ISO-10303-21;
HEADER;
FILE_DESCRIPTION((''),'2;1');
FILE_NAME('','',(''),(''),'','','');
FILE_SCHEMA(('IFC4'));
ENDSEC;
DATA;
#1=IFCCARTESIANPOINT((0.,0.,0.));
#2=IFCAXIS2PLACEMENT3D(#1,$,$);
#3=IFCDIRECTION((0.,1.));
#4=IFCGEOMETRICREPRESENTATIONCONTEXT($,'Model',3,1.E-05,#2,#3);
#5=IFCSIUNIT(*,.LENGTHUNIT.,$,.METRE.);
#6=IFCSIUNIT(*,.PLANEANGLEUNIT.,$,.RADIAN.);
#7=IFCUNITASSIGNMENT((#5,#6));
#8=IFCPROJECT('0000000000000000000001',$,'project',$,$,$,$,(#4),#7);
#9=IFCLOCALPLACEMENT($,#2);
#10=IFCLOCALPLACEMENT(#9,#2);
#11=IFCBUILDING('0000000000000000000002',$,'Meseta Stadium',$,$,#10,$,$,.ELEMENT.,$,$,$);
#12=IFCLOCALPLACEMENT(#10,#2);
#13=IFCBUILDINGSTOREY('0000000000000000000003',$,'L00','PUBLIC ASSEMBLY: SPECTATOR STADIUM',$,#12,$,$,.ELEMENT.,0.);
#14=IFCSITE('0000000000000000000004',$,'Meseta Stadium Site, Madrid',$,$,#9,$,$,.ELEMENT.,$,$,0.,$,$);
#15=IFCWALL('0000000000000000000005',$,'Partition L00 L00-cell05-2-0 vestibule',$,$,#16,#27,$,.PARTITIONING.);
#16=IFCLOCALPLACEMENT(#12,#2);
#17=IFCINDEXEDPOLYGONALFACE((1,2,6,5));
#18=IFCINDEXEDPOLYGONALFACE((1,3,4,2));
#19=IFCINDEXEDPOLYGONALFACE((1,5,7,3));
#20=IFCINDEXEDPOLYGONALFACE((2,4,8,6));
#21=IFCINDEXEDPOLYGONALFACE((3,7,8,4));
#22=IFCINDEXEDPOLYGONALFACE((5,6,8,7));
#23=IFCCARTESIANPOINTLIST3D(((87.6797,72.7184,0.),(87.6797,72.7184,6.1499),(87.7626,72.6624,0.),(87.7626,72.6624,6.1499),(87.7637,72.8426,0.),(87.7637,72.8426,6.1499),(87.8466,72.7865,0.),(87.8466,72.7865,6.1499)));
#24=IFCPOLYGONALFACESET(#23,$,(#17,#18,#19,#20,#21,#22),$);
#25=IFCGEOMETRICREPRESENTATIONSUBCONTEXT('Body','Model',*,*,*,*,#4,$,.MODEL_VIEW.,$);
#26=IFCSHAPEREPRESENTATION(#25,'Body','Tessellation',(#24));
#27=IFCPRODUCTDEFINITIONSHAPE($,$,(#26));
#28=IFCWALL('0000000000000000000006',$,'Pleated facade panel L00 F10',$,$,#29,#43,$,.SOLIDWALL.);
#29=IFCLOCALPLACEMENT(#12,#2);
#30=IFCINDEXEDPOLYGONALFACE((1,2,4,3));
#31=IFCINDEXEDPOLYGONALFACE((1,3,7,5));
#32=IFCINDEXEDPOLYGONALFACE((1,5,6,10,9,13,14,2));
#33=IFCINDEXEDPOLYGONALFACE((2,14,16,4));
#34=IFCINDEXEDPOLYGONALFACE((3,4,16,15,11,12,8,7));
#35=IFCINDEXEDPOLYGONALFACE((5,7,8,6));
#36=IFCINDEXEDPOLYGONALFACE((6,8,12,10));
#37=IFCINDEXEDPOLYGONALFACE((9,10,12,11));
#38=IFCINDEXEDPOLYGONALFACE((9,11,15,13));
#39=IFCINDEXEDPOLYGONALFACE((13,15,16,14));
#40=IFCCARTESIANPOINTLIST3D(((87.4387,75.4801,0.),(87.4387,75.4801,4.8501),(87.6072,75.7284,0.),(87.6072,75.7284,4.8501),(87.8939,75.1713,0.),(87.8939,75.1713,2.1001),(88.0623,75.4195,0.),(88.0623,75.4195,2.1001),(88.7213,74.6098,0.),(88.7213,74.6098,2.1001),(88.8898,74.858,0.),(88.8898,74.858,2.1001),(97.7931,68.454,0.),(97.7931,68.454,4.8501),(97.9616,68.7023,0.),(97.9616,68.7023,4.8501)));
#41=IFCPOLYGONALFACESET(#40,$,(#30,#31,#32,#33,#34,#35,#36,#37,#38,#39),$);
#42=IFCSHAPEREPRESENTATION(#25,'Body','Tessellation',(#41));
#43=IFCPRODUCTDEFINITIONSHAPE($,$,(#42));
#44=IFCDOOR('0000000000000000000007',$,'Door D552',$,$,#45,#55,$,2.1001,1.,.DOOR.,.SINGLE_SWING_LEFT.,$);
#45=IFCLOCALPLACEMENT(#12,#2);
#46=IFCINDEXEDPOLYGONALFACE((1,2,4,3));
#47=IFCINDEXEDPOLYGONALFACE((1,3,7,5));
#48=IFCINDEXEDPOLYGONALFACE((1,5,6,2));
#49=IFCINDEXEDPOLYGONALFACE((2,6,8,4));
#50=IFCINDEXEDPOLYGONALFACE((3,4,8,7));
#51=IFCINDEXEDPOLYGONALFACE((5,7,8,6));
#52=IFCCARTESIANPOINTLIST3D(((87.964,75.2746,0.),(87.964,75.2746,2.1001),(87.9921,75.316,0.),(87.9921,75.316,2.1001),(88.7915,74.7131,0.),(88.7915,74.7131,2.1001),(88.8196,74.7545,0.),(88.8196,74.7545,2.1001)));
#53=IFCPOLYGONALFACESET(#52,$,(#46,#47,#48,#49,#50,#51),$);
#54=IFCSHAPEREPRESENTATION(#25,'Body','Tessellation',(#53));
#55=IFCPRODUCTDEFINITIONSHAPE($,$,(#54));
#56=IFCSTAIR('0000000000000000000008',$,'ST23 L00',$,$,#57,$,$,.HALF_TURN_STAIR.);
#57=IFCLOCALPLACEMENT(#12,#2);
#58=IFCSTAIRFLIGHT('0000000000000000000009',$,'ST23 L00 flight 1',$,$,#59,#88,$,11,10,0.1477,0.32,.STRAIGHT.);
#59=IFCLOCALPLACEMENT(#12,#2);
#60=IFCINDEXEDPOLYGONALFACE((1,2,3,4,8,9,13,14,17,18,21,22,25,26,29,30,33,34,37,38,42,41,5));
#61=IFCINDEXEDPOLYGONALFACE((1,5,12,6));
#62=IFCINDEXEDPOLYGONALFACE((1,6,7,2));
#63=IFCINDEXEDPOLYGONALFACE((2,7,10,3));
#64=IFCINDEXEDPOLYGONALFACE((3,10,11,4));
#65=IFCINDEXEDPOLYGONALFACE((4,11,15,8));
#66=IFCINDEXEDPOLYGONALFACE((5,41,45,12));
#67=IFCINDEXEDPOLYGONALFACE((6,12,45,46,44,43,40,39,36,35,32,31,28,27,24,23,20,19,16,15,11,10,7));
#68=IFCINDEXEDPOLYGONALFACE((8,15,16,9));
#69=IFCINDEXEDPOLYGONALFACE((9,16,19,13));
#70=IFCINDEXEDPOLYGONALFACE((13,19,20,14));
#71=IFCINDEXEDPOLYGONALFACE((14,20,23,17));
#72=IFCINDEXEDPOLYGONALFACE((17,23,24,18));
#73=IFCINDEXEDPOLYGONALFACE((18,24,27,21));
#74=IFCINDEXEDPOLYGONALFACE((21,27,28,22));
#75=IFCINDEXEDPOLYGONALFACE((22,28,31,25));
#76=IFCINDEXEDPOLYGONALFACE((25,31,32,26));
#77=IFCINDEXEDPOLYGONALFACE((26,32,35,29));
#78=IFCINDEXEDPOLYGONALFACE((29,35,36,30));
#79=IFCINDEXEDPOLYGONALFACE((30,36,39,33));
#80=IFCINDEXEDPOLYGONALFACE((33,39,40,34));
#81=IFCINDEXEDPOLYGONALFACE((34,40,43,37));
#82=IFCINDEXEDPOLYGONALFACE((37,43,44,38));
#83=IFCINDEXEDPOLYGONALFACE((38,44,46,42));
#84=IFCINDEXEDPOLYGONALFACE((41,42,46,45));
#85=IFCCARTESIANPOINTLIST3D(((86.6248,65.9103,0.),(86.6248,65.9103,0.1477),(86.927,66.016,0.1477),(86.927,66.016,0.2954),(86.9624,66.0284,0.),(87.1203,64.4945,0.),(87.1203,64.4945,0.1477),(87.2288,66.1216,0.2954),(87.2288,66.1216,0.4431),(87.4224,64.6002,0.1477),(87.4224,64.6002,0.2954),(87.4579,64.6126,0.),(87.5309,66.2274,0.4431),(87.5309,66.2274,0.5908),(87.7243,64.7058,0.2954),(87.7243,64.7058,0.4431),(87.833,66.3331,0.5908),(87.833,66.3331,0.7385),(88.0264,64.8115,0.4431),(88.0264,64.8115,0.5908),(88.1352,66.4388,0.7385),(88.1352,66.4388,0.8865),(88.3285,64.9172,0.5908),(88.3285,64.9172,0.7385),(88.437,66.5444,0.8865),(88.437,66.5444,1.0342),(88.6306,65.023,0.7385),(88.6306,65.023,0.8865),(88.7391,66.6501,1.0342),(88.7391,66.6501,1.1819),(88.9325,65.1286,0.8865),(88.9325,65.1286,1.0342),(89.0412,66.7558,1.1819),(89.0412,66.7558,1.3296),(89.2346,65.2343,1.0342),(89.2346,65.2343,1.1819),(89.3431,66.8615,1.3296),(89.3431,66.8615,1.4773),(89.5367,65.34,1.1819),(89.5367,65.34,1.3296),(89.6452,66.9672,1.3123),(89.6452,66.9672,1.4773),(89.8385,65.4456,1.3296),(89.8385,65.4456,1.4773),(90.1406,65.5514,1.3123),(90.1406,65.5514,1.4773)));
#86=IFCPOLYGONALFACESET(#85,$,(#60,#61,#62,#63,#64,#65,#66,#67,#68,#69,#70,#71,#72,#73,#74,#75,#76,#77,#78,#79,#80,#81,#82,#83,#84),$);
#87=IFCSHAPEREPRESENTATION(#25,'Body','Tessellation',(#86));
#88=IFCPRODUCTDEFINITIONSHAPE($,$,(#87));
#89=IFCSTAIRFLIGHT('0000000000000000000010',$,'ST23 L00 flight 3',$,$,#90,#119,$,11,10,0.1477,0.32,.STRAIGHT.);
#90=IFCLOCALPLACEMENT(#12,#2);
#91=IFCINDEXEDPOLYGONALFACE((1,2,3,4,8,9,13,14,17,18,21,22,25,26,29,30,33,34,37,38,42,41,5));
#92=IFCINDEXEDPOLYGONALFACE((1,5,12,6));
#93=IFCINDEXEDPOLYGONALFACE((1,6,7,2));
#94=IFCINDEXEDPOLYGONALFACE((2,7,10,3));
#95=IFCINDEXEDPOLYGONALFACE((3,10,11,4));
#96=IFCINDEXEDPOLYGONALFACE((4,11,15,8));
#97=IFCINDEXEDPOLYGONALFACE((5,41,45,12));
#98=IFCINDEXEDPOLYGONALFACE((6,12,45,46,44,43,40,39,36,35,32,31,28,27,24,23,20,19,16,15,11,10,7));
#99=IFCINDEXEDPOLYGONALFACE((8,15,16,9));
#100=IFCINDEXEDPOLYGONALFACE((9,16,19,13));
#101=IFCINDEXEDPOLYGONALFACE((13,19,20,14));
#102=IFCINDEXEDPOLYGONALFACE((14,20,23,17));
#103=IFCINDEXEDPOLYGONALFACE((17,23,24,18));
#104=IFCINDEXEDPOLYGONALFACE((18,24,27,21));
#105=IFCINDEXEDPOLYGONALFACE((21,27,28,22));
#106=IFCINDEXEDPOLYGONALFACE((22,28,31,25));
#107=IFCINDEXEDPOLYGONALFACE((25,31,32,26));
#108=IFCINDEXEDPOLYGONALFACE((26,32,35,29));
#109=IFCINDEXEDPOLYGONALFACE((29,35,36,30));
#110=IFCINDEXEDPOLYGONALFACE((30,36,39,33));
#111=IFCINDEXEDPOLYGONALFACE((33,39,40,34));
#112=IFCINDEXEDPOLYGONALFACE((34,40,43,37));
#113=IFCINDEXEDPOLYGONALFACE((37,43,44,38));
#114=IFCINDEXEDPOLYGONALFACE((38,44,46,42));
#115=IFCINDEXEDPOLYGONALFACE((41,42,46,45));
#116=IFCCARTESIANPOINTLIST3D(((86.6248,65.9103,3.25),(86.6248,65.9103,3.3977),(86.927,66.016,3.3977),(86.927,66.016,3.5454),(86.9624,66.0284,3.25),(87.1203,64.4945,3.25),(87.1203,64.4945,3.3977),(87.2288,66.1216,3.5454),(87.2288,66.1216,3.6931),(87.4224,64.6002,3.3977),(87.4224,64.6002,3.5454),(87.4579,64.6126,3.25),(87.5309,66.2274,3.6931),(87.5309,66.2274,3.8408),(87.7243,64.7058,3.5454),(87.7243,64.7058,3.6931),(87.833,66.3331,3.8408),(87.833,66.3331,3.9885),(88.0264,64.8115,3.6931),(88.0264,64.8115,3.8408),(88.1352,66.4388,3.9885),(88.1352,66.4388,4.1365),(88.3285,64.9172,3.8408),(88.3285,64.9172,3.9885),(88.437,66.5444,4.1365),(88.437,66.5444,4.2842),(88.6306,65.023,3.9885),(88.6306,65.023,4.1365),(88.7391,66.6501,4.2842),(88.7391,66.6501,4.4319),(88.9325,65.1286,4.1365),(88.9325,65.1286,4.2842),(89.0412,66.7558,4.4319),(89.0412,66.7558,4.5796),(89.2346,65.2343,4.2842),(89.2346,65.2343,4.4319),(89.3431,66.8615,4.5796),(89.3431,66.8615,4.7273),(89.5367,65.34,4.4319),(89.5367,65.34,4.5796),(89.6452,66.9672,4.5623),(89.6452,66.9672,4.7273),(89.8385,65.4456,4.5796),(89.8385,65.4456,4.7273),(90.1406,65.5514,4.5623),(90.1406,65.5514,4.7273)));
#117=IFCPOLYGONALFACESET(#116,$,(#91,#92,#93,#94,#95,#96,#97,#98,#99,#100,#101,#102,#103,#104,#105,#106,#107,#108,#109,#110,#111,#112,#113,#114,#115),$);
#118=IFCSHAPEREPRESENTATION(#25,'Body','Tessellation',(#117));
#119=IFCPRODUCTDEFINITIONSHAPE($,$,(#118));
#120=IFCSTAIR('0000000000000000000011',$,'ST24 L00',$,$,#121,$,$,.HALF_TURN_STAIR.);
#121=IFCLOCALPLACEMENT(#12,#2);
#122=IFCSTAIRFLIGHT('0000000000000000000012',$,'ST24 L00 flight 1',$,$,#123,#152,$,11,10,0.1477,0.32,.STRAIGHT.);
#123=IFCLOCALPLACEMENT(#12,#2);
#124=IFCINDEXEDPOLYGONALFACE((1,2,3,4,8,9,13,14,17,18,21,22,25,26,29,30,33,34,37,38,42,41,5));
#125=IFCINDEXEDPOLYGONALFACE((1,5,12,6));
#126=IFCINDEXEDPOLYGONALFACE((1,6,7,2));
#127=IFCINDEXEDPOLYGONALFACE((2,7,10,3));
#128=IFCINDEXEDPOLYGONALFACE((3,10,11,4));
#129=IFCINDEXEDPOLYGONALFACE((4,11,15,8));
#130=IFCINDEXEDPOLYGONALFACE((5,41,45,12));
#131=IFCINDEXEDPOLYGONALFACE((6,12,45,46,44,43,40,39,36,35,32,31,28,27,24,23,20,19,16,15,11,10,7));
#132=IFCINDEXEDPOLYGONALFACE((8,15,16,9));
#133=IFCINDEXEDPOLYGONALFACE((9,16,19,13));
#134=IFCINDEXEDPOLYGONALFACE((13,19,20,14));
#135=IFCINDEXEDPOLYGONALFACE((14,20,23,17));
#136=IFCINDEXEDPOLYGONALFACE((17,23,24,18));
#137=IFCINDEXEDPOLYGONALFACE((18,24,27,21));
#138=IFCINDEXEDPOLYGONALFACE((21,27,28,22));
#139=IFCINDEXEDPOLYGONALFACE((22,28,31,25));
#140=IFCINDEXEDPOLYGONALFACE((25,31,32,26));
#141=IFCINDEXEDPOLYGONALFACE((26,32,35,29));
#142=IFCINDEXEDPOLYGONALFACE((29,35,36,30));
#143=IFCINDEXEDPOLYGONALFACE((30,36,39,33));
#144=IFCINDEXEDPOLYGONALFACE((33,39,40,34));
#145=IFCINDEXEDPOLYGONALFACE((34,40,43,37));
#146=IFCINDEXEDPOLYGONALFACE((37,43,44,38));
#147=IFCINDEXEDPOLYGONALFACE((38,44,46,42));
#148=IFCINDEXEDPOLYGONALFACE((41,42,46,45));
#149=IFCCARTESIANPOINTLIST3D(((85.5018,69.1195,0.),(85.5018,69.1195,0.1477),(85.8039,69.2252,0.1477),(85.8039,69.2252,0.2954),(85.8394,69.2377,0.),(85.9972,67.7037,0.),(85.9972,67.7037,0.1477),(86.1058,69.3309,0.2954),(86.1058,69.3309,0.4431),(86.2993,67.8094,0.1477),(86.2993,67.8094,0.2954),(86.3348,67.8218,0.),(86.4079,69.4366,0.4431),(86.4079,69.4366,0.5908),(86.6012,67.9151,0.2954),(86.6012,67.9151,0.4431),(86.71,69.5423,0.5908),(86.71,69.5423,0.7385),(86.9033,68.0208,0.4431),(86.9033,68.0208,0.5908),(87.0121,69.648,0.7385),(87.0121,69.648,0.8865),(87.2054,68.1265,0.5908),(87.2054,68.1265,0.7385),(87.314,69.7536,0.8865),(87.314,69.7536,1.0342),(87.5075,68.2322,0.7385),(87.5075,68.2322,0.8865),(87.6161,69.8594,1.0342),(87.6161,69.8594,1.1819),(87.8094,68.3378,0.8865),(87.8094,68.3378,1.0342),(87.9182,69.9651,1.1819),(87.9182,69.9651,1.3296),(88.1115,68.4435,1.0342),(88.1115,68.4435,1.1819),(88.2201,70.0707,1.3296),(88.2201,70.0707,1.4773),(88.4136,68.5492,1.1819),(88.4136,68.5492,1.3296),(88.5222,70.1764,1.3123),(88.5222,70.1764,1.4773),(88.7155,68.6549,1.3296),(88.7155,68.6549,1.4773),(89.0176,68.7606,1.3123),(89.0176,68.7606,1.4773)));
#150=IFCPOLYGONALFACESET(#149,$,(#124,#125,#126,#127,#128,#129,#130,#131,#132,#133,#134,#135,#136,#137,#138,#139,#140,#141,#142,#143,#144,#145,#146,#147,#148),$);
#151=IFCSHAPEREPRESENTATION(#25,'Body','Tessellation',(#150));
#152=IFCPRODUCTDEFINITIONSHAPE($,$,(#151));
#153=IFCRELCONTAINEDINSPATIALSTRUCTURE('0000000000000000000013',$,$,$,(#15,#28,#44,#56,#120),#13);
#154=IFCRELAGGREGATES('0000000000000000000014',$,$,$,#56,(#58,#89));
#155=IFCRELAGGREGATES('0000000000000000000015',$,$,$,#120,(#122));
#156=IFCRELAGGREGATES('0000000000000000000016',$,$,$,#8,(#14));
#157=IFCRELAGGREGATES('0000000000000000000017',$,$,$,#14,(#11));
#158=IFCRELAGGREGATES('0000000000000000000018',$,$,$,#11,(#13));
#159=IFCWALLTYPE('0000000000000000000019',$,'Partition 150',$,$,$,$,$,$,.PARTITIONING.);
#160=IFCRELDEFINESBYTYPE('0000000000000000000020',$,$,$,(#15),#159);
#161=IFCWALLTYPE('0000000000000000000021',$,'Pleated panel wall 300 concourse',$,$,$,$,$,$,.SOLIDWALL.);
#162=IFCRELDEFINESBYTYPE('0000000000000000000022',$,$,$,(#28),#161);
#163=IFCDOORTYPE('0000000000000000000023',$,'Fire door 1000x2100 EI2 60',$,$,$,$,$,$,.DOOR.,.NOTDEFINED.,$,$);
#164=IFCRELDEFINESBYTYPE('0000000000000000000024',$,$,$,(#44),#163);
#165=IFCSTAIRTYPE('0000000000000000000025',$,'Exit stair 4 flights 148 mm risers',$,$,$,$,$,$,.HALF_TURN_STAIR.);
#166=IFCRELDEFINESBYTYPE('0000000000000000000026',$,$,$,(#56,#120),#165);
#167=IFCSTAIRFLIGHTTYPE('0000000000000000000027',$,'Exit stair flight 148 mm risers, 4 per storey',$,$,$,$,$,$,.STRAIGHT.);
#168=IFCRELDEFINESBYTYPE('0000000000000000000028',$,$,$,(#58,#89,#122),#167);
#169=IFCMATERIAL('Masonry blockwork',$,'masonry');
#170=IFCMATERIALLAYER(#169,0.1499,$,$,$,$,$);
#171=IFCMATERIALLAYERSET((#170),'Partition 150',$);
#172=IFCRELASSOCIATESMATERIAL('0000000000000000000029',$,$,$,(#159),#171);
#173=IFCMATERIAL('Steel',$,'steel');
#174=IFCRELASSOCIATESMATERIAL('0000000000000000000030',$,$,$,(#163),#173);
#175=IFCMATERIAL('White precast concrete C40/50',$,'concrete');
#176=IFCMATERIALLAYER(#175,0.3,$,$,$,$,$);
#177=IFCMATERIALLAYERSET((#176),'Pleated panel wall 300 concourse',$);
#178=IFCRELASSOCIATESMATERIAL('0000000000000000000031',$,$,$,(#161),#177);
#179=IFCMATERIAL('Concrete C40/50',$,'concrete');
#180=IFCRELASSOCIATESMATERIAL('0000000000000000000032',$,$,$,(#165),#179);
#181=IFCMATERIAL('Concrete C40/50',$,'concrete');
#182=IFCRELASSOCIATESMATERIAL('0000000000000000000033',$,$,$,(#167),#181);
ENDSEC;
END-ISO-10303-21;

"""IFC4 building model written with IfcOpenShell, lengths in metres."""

from ifc_helpers import new_model, si_unit, direction, frame, frame_2d, origin, place, context, subcontext, project, spatial, polyline, rectangle, outline, extrude, material, layer, layer_set, type_object, element, fill, aggregate, save


model = new_model("IFC4")

# Units and contexts
model_context = context("Model", 3, precision=1e-05, world=origin(), true_north=direction((0.0, 1.0)))
body_context = subcontext(model_context, "Body", "Model", "MODEL_VIEW")
ifc_project = project(units=[si_unit("LENGTHUNIT", "METRE"), si_unit("PLANEANGLEUNIT", "RADIAN")], contexts=[model_context])

# Site, building, storey
site_placement = place(None, origin())
site = spatial("IfcSite", under=ifc_project, at=site_placement, Name="Meseta Stadium Site, Madrid", CompositionType="ELEMENT", RefElevation=0.0)
building_placement = place(site_placement, origin())
building = spatial("IfcBuilding", under=site, at=building_placement, Name="Meseta Stadium", CompositionType="ELEMENT")
storey_placement = place(building_placement, origin())
storey = spatial("IfcBuildingStorey", under=building, at=storey_placement, Name="L00", Description="PUBLIC ASSEMBLY: SPECTATOR STADIUM", CompositionType="ELEMENT", Elevation=0.0)

# Shared definitions
ifc_material_1 = material(Name="Masonry blockwork", Category="masonry")
ifc_layer_1 = layer(ifc_material_1, 0.1499)
ifc_layer_set_1 = layer_set([ifc_layer_1], Name="Partition 150")
wall_type_1 = type_object("IfcWallType", Name="Partition 150", PredefinedType="PARTITIONING", material=ifc_layer_set_1)

# Shared definitions
ifc_material_2 = material(Name="Steel", Category="steel")
door_type_1 = type_object("IfcDoorType", Name="Fire door 1000x2100 EI2 60", OperationType="NOTDEFINED", PredefinedType="DOOR", material=ifc_material_2)

# Wall
wall_1_placement = place(storey_placement, frame((87.7217, 72.7805, 0.0), z_axis=(0.0, 0.0, 1.0), x_axis=(0.828283, -0.560309, 0.0)))
element("IfcWall", 1, at=wall_1_placement, inside=storey, type_object=wall_type_1, Name="Partition L00 L00-cell05-2-0 vestibule", PredefinedType="PARTITIONING", context=body_context, shape_type="SweptSolid", body=[
    extrude(rectangle(XDim=0.1001, YDim=0.1499, at=frame_2d((0.05, 0.0))), origin(), (0.0, 0.0, 1.0), 6.1499),
])

# Wall, opening, door
ifc_material_3 = material(Name="White precast concrete C40/50", Category="concrete")
ifc_layer_2 = layer(ifc_material_3, 0.3)
ifc_layer_set_2 = layer_set([ifc_layer_2], Name="Pleated panel wall 300 concourse")
wall_type_2 = type_object("IfcWallType", Name="Pleated panel wall 300 concourse", PredefinedType="SOLIDWALL", material=ifc_layer_set_2)
wall_2_placement = place(storey_placement, frame((87.5229, 75.6042, 0.0), z_axis=(0.0, 0.0, 1.0), x_axis=(0.827481, -0.561494, 0.0)))
wall_2 = element("IfcWall", 2, at=wall_2_placement, inside=storey, type_object=wall_type_2, Name="Pleated facade panel L00 F10", PredefinedType="SOLIDWALL", context=body_context, shape_type="SweptSolid", body=[
    extrude(rectangle(XDim=12.5132, YDim=0.3, at=frame_2d((6.2566, 0.0))), origin(), (0.0, 0.0, 1.0), 4.8501),
])
opening_1_placement = place(wall_2_placement, frame((0.55, 0.0, 0.0)))
opening_1 = element("IfcOpeningElement", 3, at=opening_1_placement, cuts=wall_2, PredefinedType="OPENING", context=body_context, shape_type="SweptSolid", body=[
    extrude(rectangle(XDim=1.0, YDim=2.1001, at=frame_2d((0.5, 1.05))), frame((0.0, 0.1599, 0.0), z_axis=(0.0, -1.0, 0.0), x_axis=(1.0, 0.0, 0.0)), (0.0, 0.0, 1.0), 0.3201),
])
door_1_placement = place(opening_1_placement, origin())
door_1 = element("IfcDoor", 4, at=door_1_placement, inside=storey, type_object=door_type_1, Name="Door D552", OperationType="SINGLE_SWING_LEFT", OverallHeight=2.1001, OverallWidth=1.0, PredefinedType="DOOR", context=body_context, shape_type="SweptSolid", body=[
    extrude(rectangle(XDim=1.0, YDim=2.1001, at=frame_2d((0.5, 1.05))), frame((0.0, 0.0249, 0.0), z_axis=(0.0, -1.0, 0.0), x_axis=(1.0, 0.0, 0.0)), (0.0, 0.0, 1.0), 0.05),
])
fill(opening_1, door_1)

# Stairs, stair flights
ifc_material_4 = material(Name="Concrete C40/50", Category="concrete")
stair_type = type_object("IfcStairType", Name="Exit stair 4 flights 148 mm risers", PredefinedType="HALF_TURN_STAIR", material=ifc_material_4)
stair_1_placement = place(storey_placement, origin())
stair_1 = element("IfcStair", 5, at=stair_1_placement, inside=storey, type_object=stair_type, Name="ST23 L00", PredefinedType="HALF_TURN_STAIR")
ifc_material_5 = material(Name="Concrete C40/50", Category="concrete")
stair_flight_type = type_object("IfcStairFlightType", Name="Exit stair flight 148 mm risers, 4 per storey", PredefinedType="STRAIGHT", material=ifc_material_5)
stair_flight_1_placement = place(storey_placement, frame((86.8726, 65.2024, 0.0), z_axis=(0.0, 0.0, 1.0), x_axis=(0.943883, 0.330279, 0.0)))
stair_flight_1 = element("IfcStairFlight", 6, at=stair_flight_1_placement, type_object=stair_flight_type, Name="ST23 L00 flight 1", NumberOfRisers=11, NumberOfTreads=10, PredefinedType="STRAIGHT", RiserHeight=0.1477, TreadLength=0.32, context=body_context, shape_type="SweptSolid", body=[
    extrude(outline(polyline([(0.0, 0.0), (0.0, 0.1477), (0.3201, 0.1477), (0.3201, 0.2954), (0.6399, 0.2954), (0.6399, 0.4431), (0.96, 0.4431), (0.96, 0.5908), (1.28, 0.5908), (1.28, 0.7385), (1.6001, 0.7385), (1.6001, 0.8865), (1.9199, 0.8865), (1.9199, 1.0342), (2.24, 1.0342), (2.24, 1.1819), (2.5601, 1.1819), (2.5601, 1.3296), (2.8799, 1.3296), (2.8799, 1.4773), (3.2, 1.4773), (3.2, 1.3123), (0.3577, 0.0), (0.0, 0.0)])), frame((0.0, 0.75, 0.0), z_axis=(0.0, -1.0, 0.0), x_axis=(1.0, 0.0, 0.0)), (0.0, 0.0, 1.0), 1.5),
])
stair_flight_2_placement = place(storey_placement, frame((86.8726, 65.2024, 3.25), z_axis=(0.0, 0.0, 1.0), x_axis=(0.943883, 0.330279, 0.0)))
stair_flight_2 = element("IfcStairFlight", 7, at=stair_flight_2_placement, type_object=stair_flight_type, Name="ST23 L00 flight 3", NumberOfRisers=11, NumberOfTreads=10, PredefinedType="STRAIGHT", RiserHeight=0.1477, TreadLength=0.32, context=body_context, shape_type="SweptSolid", body=[
    extrude(outline(polyline([(0.0, 0.0), (0.0, 0.1477), (0.3201, 0.1477), (0.3201, 0.2954), (0.6399, 0.2954), (0.6399, 0.4431), (0.96, 0.4431), (0.96, 0.5908), (1.28, 0.5908), (1.28, 0.7385), (1.6001, 0.7385), (1.6001, 0.8865), (1.9199, 0.8865), (1.9199, 1.0342), (2.24, 1.0342), (2.24, 1.1819), (2.5601, 1.1819), (2.5601, 1.3296), (2.8799, 1.3296), (2.8799, 1.4773), (3.2, 1.4773), (3.2, 1.3123), (0.3577, 0.0), (0.0, 0.0)])), frame((0.0, 0.75, 0.0), z_axis=(0.0, -1.0, 0.0), x_axis=(1.0, 0.0, 0.0)), (0.0, 0.0, 1.0), 1.5),
])
aggregate(stair_1, [stair_flight_1, stair_flight_2])
stair_2_placement = place(storey_placement, origin())
stair_2 = element("IfcStair", 8, at=stair_2_placement, inside=storey, type_object=stair_type, Name="ST24 L00", PredefinedType="HALF_TURN_STAIR")
stair_flight_3_placement = place(storey_placement, frame((85.7495, 68.4116, 0.0), z_axis=(0.0, 0.0, 1.0), x_axis=(0.943883, 0.330279, 0.0)))
stair_flight_3 = element("IfcStairFlight", 9, at=stair_flight_3_placement, type_object=stair_flight_type, Name="ST24 L00 flight 1", NumberOfRisers=11, NumberOfTreads=10, PredefinedType="STRAIGHT", RiserHeight=0.1477, TreadLength=0.32, context=body_context, shape_type="SweptSolid", body=[
    extrude(outline(polyline([(0.0, 0.0), (0.0, 0.1477), (0.3201, 0.1477), (0.3201, 0.2954), (0.6399, 0.2954), (0.6399, 0.4431), (0.96, 0.4431), (0.96, 0.5908), (1.28, 0.5908), (1.28, 0.7385), (1.6001, 0.7385), (1.6001, 0.8865), (1.9199, 0.8865), (1.9199, 1.0342), (2.24, 1.0342), (2.24, 1.1819), (2.5601, 1.1819), (2.5601, 1.3296), (2.8799, 1.3296), (2.8799, 1.4773), (3.2, 1.4773), (3.2, 1.3123), (0.3577, 0.0), (0.0, 0.0)])), frame((0.0, 0.75, 0.0), z_axis=(0.0, -1.0, 0.0), x_axis=(1.0, 0.0, 0.0)), (0.0, 0.0, 1.0), 1.5),
])
aggregate(stair_2, [stair_flight_3])

save(model, "model.ifc")
